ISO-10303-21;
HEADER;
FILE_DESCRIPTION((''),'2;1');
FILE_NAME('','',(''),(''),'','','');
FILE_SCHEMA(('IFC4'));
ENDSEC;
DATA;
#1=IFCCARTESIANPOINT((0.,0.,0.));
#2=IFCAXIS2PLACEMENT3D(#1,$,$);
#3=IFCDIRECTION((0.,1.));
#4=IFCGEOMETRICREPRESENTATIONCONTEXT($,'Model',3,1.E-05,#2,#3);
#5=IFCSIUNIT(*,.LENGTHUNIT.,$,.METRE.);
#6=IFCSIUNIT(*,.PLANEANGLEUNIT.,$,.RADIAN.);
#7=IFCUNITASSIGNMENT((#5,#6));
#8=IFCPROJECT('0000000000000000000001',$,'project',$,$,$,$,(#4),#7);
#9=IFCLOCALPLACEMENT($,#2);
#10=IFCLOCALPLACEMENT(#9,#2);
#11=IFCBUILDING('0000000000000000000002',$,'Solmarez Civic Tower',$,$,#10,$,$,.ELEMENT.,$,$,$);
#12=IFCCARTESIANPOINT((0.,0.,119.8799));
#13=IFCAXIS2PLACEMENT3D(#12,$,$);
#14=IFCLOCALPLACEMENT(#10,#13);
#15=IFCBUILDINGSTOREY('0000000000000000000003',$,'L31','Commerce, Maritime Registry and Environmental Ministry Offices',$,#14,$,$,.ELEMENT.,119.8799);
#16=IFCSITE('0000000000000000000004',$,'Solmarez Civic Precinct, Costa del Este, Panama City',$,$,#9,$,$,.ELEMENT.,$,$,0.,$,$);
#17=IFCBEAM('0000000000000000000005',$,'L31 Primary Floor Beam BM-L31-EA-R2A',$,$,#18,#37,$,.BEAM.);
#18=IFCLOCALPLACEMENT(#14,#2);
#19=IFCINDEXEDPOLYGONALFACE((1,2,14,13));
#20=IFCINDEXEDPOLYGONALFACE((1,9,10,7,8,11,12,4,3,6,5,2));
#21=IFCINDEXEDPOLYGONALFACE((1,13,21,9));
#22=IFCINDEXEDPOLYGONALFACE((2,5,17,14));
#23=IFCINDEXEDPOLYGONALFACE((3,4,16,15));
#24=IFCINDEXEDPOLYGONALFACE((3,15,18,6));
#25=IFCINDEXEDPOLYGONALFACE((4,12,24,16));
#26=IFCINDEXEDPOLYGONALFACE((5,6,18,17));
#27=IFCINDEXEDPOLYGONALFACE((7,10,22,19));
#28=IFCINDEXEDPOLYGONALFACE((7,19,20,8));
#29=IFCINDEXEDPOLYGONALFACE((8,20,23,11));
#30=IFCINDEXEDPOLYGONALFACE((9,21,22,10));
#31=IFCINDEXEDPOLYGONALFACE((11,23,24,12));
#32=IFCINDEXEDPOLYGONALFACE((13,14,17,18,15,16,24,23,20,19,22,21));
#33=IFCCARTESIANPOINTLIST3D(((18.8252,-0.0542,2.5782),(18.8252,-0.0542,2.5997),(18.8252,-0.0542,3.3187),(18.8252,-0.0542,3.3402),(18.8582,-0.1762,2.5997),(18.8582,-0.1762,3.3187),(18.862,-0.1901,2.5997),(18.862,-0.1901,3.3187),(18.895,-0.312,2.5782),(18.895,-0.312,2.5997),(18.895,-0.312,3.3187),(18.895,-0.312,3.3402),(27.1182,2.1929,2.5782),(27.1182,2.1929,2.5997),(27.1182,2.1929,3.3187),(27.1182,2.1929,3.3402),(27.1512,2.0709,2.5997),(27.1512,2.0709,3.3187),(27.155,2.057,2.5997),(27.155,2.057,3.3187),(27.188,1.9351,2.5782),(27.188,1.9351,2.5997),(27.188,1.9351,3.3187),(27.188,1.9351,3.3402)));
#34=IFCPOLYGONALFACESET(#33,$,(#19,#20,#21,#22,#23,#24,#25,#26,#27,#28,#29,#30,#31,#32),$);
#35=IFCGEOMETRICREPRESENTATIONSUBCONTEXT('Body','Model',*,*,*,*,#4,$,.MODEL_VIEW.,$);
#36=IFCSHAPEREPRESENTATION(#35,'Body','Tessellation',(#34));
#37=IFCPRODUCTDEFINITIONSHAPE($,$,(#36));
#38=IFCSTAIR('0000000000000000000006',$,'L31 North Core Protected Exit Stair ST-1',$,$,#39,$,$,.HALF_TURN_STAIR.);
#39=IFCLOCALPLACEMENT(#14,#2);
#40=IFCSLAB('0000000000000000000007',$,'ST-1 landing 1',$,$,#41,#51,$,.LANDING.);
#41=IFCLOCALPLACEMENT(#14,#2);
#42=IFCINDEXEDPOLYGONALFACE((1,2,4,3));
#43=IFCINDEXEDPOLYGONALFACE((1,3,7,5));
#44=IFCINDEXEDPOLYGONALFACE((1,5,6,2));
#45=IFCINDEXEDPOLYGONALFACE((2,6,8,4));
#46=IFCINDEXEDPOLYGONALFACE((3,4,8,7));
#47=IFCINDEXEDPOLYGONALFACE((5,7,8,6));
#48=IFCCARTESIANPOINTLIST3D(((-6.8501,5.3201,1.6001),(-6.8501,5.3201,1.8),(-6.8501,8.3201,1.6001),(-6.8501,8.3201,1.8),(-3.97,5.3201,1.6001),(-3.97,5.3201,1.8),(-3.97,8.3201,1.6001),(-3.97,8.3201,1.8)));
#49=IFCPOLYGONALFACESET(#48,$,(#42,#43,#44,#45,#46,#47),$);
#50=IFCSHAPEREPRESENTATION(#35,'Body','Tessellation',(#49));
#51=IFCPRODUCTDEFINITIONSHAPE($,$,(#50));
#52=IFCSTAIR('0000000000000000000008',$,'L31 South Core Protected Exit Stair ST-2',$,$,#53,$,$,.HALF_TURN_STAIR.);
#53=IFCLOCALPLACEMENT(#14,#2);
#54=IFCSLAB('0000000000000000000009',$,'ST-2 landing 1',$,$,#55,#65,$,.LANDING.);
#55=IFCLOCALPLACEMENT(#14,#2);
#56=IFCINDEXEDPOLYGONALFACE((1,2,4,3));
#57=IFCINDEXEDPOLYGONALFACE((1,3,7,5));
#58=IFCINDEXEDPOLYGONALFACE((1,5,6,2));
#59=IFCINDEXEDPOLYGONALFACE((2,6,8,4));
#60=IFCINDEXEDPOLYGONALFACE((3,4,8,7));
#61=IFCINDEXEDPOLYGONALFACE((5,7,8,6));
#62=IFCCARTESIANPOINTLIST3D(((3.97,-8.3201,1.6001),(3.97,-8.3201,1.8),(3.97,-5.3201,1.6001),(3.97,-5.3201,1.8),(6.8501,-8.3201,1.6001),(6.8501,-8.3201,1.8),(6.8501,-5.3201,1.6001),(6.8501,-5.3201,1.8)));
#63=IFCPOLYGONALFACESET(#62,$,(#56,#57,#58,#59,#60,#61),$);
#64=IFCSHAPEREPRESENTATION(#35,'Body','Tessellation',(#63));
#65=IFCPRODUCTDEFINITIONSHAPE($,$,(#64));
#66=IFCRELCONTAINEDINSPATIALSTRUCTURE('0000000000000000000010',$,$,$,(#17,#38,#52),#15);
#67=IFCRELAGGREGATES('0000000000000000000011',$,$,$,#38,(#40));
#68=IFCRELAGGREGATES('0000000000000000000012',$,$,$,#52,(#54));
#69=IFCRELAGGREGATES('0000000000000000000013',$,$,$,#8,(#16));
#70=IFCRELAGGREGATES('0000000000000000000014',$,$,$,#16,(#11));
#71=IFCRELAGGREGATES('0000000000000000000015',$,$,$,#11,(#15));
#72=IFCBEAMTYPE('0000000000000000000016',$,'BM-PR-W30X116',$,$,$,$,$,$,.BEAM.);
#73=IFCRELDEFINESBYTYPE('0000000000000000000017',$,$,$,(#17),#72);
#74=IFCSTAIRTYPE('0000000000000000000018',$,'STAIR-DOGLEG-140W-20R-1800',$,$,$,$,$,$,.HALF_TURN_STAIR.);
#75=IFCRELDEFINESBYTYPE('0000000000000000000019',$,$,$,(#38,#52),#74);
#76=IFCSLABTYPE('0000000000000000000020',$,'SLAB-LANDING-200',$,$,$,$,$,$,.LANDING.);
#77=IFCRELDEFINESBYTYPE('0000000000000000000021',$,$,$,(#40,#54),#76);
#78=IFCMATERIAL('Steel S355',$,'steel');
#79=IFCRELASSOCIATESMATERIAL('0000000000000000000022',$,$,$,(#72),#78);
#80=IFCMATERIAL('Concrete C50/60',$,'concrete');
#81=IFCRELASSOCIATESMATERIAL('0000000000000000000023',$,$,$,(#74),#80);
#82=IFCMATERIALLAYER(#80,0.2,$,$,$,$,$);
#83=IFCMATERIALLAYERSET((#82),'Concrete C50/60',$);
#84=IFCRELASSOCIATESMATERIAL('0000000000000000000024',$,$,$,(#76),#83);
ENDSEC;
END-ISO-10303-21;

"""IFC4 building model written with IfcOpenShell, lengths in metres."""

from ifc_helpers import new_model, si_unit, direction, frame, origin, origin_2d, place, context, subcontext, project, spatial, polyline, i_section, outline, extrude, material, layer, layer_set, material_profile, profile_set, type_object, element, aggregate, save


model = new_model("IFC4")

# Units and contexts
model_context = context("Model", 3, precision=1e-05, world=origin(), true_north=direction((0.0, 1.0)))
body_context = subcontext(model_context, "Body", "Model", "MODEL_VIEW")
ifc_project = project(units=[si_unit("LENGTHUNIT", "METRE"), si_unit("PLANEANGLEUNIT", "RADIAN")], contexts=[model_context])

# Site, building, storey
site_placement = place(None, origin())
site = spatial("IfcSite", under=ifc_project, at=site_placement, Name="Solmarez Civic Precinct, Costa del Este, Panama City", CompositionType="ELEMENT", RefElevation=0.0)
building_placement = place(site_placement, origin())
building = spatial("IfcBuilding", under=site, at=building_placement, Name="Solmarez Civic Tower", CompositionType="ELEMENT")
storey_placement = place(building_placement, frame((0.0, 0.0, 119.8799)))
storey = spatial("IfcBuildingStorey", under=building, at=storey_placement, Name="L31", Description="Commerce, Maritime Registry and Environmental Ministry Offices", CompositionType="ELEMENT", Elevation=119.8799)

# Shared definitions
ifc_material_1 = material(Name="Concrete C50/60", Category="concrete")

# Beam
ifc_material_2 = material(Name="Steel S355", Category="steel")
ifc_material_profile_1 = material_profile(ifc_material_2, i_section(OverallWidth=0.2671, OverallDepth=0.762, WebThickness=0.0144, FlangeThickness=0.0215, at=origin_2d()), Name="W30X116")
ifc_profile_set_1 = profile_set([ifc_material_profile_1], Name="Steel S355")
beam_type_1 = type_object("IfcBeamType", Name="BM-PR-W30X116", PredefinedType="BEAM", material=ifc_profile_set_1)
beam_1_placement = place(storey_placement, frame((18.8601, -0.1831, 2.9592), z_axis=(0.965195, 0.26153, 0.0), x_axis=(-0.26153, 0.965195, 0.0)))
element("IfcBeam", 1, at=beam_1_placement, inside=storey, type_object=beam_type_1, Name="L31 Primary Floor Beam BM-L31-EA-R2A", PredefinedType="BEAM", context=body_context, shape_type="SweptSolid", body=[
    extrude(i_section(OverallWidth=0.2671, OverallDepth=0.762, WebThickness=0.0144, FlangeThickness=0.0215, at=origin_2d()), origin(), (0.0, 0.0, 1.0), 8.592),
])

# Stairs, slabs
stair_type = type_object("IfcStairType", Name="STAIR-DOGLEG-140W-20R-1800", PredefinedType="HALF_TURN_STAIR", material=ifc_material_1)
stair_1_placement = place(storey_placement, origin())
stair_1 = element("IfcStair", 2, at=stair_1_placement, inside=storey, type_object=stair_type, Name="L31 North Core Protected Exit Stair ST-1", PredefinedType="HALF_TURN_STAIR")
ifc_layer_1 = layer(ifc_material_1, 0.2)
ifc_layer_set_1 = layer_set([ifc_layer_1], Name="Concrete C50/60")
slab_type_1 = type_object("IfcSlabType", Name="SLAB-LANDING-200", PredefinedType="LANDING", material=ifc_layer_set_1)
slab_1_placement = place(storey_placement, frame((0.0, 0.0, 1.6001)))
slab_1 = element("IfcSlab", 3, at=slab_1_placement, type_object=slab_type_1, Name="ST-1 landing 1", PredefinedType="LANDING", context=body_context, shape_type="SweptSolid", body=[
    extrude(outline(polyline([(-3.97, 8.3201), (-6.8501, 8.3201), (-6.8501, 5.3201), (-3.97, 5.3201), (-3.97, 8.3201)])), origin(), (0.0, 0.0, 1.0), 0.2),
])
aggregate(stair_1, [slab_1])
stair_2_placement = place(storey_placement, origin())
stair_2 = element("IfcStair", 4, at=stair_2_placement, inside=storey, type_object=stair_type, Name="L31 South Core Protected Exit Stair ST-2", PredefinedType="HALF_TURN_STAIR")
slab_2_placement = place(storey_placement, frame((0.0, 0.0, 1.6001)))
slab_2 = element("IfcSlab", 5, at=slab_2_placement, type_object=slab_type_1, Name="ST-2 landing 1", PredefinedType="LANDING", context=body_context, shape_type="SweptSolid", body=[
    extrude(outline(polyline([(3.97, -8.3201), (6.8501, -8.3201), (6.8501, -5.3201), (3.97, -5.3201), (3.97, -8.3201)])), origin(), (0.0, 0.0, 1.0), 0.2),
])

aggregate(stair_2, [slab_2])

save(model, "model.ifc")
